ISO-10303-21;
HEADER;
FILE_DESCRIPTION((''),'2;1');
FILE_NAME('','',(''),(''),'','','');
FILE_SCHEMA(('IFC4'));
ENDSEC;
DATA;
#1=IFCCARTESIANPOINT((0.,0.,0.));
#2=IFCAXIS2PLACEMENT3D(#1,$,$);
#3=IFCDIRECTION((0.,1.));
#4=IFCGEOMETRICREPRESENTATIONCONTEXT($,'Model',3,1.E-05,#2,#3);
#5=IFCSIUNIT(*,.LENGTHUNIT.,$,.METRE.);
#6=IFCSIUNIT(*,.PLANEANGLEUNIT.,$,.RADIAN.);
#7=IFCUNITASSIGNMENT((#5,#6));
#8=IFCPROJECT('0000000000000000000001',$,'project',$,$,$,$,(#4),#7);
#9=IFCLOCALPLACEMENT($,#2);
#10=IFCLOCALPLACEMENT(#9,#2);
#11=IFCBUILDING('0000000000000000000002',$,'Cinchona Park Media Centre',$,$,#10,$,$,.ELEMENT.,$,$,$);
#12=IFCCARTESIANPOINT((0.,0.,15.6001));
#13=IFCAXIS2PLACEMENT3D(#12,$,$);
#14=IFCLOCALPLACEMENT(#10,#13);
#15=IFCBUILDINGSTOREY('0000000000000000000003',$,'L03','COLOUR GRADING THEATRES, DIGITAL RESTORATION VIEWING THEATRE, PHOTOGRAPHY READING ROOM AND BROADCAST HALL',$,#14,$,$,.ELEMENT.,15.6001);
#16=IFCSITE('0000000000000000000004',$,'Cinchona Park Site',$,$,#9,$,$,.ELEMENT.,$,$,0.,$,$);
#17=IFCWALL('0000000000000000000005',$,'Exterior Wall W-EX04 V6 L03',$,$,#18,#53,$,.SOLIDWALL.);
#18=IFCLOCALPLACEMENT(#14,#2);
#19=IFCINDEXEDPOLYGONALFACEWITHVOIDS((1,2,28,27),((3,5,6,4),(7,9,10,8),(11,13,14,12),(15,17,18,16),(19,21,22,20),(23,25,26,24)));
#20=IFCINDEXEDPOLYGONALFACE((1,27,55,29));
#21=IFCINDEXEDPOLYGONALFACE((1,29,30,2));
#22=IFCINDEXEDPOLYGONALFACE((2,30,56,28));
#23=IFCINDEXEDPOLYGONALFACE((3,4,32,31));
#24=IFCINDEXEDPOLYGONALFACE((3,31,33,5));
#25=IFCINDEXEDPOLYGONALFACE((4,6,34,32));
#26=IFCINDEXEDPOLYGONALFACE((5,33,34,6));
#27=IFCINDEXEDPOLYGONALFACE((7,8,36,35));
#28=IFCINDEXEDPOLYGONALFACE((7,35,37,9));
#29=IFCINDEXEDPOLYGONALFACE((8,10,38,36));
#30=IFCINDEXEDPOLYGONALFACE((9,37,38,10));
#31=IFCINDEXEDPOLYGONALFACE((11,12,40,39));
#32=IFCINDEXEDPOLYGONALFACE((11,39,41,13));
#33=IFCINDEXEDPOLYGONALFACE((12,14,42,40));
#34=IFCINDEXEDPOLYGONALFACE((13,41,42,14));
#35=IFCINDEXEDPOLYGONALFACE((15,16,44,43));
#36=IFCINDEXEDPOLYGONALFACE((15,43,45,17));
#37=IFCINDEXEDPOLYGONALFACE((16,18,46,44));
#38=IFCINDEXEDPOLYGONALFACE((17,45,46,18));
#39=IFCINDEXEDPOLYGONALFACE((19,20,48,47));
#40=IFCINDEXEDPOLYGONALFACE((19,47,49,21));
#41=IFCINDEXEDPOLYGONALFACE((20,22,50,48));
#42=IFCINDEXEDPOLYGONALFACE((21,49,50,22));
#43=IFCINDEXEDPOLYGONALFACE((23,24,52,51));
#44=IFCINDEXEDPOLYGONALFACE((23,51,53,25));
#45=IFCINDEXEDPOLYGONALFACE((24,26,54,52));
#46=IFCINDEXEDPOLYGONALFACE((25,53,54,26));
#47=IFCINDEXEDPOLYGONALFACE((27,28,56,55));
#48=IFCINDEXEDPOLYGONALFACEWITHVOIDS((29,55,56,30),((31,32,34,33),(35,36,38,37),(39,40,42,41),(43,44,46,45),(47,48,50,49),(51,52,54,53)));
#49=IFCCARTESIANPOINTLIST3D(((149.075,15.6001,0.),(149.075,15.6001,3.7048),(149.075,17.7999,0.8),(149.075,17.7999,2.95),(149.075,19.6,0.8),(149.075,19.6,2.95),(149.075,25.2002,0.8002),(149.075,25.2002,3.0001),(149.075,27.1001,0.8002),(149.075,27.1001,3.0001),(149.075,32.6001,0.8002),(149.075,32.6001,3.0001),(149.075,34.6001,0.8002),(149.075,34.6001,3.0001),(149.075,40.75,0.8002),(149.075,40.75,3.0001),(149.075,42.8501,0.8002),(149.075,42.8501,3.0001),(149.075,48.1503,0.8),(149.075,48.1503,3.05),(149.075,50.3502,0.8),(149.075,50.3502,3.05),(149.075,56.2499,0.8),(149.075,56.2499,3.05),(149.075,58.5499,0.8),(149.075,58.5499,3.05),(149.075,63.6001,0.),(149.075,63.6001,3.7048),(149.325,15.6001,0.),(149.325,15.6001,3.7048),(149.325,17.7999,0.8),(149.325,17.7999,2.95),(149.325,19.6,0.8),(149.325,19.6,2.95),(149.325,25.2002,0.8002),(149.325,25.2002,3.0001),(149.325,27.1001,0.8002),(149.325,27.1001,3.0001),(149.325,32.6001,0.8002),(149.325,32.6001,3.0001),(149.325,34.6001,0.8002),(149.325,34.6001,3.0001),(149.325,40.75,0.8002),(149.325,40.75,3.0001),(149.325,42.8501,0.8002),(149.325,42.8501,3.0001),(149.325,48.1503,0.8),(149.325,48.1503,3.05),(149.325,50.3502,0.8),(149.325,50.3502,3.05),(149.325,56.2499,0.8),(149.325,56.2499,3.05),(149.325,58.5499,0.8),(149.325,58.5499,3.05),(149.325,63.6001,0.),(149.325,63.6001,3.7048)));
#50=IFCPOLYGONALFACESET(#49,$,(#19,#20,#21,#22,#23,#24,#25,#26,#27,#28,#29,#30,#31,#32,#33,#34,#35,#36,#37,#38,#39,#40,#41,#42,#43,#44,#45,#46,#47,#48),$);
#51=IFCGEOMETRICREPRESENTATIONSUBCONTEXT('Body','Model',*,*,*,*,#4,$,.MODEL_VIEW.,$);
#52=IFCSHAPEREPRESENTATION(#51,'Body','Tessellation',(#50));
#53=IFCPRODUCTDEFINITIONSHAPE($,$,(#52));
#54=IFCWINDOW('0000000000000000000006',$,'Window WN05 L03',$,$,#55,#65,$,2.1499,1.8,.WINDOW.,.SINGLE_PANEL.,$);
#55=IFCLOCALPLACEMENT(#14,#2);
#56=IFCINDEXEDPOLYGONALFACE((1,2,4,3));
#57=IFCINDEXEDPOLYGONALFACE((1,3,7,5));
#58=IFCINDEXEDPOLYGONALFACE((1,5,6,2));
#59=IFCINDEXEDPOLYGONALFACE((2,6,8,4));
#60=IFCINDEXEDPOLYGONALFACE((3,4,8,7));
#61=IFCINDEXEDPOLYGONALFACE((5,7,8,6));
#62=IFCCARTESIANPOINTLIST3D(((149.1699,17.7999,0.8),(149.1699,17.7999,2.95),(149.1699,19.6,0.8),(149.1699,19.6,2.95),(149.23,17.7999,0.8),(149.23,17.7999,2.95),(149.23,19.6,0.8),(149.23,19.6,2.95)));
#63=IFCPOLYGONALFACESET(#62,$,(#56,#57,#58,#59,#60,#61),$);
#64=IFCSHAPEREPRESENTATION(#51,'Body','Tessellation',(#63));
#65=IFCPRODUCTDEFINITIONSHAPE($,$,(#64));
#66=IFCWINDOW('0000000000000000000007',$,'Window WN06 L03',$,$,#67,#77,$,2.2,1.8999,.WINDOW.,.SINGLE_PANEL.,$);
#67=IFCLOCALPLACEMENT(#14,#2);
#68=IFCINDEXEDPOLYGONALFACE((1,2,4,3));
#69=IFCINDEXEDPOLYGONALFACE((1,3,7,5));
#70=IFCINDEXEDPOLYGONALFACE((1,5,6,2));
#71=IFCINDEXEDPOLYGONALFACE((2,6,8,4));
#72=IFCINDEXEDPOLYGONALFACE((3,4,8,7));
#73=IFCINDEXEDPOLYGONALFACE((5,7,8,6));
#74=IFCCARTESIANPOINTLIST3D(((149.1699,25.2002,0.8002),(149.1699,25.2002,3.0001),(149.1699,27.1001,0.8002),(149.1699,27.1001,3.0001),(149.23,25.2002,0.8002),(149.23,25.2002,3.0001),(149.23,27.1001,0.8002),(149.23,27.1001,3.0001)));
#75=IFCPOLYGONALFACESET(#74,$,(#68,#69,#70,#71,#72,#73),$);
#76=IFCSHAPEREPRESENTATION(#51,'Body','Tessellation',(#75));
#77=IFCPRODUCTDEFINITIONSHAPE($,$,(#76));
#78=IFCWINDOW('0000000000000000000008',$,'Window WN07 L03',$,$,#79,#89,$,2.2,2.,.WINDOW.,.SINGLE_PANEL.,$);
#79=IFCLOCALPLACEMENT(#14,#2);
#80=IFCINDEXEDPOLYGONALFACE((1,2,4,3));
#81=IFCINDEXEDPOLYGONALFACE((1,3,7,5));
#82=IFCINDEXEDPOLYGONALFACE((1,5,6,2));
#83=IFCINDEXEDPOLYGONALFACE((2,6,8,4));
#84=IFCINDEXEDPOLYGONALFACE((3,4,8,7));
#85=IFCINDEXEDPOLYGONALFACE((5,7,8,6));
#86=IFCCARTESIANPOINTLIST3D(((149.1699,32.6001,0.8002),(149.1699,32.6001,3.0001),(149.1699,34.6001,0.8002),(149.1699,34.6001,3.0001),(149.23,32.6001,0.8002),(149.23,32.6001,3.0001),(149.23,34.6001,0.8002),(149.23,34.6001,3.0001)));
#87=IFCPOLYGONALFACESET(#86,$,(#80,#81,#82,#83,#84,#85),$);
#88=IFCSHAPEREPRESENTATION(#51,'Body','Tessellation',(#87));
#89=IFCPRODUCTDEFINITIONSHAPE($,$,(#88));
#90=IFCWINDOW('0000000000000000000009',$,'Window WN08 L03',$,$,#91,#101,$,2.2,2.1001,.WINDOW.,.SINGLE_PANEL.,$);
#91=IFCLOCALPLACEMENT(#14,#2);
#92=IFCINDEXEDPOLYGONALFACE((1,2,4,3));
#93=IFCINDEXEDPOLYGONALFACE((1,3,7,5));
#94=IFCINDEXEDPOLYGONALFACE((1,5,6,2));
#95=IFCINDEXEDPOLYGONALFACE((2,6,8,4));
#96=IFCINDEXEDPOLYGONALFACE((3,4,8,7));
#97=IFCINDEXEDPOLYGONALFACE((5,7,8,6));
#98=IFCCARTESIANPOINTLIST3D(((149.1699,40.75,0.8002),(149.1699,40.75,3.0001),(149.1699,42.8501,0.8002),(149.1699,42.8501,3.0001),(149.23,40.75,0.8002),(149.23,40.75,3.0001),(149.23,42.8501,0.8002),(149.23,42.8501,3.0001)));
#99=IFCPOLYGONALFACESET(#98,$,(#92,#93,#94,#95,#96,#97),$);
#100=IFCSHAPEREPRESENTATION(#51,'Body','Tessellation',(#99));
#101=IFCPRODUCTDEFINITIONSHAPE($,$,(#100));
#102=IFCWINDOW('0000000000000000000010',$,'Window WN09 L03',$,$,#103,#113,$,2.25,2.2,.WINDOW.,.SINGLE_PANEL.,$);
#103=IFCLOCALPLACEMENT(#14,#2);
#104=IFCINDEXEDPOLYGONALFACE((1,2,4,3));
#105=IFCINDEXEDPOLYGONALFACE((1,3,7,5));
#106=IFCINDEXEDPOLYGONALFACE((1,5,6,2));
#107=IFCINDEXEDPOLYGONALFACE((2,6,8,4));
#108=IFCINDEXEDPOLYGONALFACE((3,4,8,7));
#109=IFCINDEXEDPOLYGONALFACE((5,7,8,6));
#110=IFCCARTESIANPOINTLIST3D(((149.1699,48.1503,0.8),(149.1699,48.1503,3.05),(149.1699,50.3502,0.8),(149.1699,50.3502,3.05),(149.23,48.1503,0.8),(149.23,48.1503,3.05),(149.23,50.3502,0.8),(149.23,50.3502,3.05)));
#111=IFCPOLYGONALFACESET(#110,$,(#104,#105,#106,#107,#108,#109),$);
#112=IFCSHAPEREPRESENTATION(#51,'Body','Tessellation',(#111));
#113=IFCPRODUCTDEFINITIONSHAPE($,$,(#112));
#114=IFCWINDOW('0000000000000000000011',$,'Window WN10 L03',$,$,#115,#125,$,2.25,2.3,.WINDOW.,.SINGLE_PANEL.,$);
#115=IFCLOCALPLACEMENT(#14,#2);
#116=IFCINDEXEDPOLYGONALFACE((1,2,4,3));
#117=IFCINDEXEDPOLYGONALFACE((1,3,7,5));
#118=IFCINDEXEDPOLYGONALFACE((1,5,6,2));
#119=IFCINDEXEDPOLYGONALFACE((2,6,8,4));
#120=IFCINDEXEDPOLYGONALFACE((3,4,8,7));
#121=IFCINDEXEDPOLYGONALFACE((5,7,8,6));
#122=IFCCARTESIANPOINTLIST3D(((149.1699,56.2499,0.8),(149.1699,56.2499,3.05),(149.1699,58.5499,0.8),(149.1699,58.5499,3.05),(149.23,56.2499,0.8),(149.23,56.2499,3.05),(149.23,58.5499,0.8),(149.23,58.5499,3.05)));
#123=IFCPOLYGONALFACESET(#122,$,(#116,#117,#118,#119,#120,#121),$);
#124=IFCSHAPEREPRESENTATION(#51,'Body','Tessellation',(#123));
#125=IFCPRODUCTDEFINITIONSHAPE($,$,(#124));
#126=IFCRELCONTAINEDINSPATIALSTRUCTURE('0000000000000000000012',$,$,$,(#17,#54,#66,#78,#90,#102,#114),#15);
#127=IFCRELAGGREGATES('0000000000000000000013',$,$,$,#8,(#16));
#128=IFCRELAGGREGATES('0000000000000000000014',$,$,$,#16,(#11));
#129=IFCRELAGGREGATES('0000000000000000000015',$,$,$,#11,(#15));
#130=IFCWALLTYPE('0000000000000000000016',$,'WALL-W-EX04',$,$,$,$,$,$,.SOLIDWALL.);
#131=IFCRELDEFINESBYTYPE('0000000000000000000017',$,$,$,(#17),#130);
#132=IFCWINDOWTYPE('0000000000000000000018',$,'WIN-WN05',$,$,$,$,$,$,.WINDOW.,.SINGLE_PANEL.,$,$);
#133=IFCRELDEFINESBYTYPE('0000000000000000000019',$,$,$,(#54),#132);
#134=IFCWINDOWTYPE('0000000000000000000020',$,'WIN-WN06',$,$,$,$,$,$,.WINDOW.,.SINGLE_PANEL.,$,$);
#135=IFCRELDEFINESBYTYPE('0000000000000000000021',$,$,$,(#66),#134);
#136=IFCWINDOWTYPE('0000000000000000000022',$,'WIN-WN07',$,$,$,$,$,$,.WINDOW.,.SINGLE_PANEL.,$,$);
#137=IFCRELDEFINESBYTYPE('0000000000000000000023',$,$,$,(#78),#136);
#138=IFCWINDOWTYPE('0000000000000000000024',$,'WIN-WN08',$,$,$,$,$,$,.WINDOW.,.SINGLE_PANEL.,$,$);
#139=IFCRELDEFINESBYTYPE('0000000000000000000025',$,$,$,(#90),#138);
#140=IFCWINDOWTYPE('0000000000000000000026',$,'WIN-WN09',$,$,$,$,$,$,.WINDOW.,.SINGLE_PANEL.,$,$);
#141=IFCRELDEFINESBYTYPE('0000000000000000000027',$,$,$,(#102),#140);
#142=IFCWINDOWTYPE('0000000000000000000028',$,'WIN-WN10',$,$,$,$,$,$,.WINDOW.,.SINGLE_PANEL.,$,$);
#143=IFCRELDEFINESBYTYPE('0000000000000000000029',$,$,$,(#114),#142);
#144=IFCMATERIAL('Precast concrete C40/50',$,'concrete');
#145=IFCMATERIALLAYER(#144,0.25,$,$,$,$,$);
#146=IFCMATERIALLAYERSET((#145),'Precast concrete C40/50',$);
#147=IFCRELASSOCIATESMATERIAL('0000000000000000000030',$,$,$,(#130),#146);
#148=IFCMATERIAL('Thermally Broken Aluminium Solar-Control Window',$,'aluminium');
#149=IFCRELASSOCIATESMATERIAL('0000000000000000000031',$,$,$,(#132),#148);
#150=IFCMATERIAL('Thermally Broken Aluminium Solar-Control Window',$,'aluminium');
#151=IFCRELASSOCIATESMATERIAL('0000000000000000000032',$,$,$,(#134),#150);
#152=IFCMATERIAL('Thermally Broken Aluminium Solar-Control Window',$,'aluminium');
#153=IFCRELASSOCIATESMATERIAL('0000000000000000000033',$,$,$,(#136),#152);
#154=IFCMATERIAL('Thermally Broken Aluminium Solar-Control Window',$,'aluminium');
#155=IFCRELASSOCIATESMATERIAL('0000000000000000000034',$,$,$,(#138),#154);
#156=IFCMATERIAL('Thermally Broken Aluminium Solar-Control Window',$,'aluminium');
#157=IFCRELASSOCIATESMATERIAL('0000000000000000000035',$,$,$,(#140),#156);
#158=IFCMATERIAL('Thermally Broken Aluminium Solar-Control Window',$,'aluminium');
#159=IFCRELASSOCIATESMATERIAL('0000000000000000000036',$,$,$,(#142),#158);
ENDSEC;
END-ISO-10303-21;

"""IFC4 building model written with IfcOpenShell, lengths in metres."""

from ifc_helpers import new_model, si_unit, direction, frame, frame_2d, origin, place, context, subcontext, project, spatial, rectangle, extrude, material, layer, layer_set, type_object, element, fill, save


model = new_model("IFC4")

# Units and contexts
model_context = context("Model", 3, precision=1e-05, world=origin(), true_north=direction((0.0, 1.0)))
body_context = subcontext(model_context, "Body", "Model", "MODEL_VIEW")
ifc_project = project(units=[si_unit("LENGTHUNIT", "METRE"), si_unit("PLANEANGLEUNIT", "RADIAN")], contexts=[model_context])

# Site, building, storey
site_placement = place(None, origin())
site = spatial("IfcSite", under=ifc_project, at=site_placement, Name="Cinchona Park Site", CompositionType="ELEMENT", RefElevation=0.0)
building_placement = place(site_placement, origin())
building = spatial("IfcBuilding", under=site, at=building_placement, Name="Cinchona Park Media Centre", CompositionType="ELEMENT")
storey_placement = place(building_placement, frame((0.0, 0.0, 15.6001)))
storey = spatial("IfcBuildingStorey", under=building, at=storey_placement, Name="L03", Description="COLOUR GRADING THEATRES, DIGITAL RESTORATION VIEWING THEATRE, PHOTOGRAPHY READING ROOM AND BROADCAST HALL", CompositionType="ELEMENT", Elevation=15.6001)

# Wall, openings, windows
ifc_material_1 = material(Name="Precast concrete C40/50", Category="concrete")
ifc_layer_1 = layer(ifc_material_1, 0.25)
ifc_layer_set_1 = layer_set([ifc_layer_1], Name="Precast concrete C40/50")
wall_type = type_object("IfcWallType", Name="WALL-W-EX04", PredefinedType="SOLIDWALL", material=ifc_layer_set_1)
wall_placement = place(storey_placement, frame((149.2, 15.6001, 0.0), z_axis=(0.0, 0.0, 1.0), x_axis=(0.0, 1.0, 0.0)))
wall = element("IfcWall", 1, at=wall_placement, inside=storey, type_object=wall_type, Name="Exterior Wall W-EX04 V6 L03", PredefinedType="SOLIDWALL", context=body_context, shape_type="SweptSolid", body=[
    extrude(rectangle(XDim=48.0, YDim=0.25, at=frame_2d((24.0, 0.0))), origin(), (0.0, 0.0, 1.0), 3.7048),
])
opening_1_placement = place(wall_placement, frame((2.2, 0.0, 0.8)))
opening_1 = element("IfcOpeningElement", 2, at=opening_1_placement, cuts=wall, PredefinedType="OPENING", context=body_context, shape_type="SweptSolid", body=[
    extrude(rectangle(XDim=1.8, YDim=2.1499, at=frame_2d((0.8999, 1.075))), frame((0.0, 0.135, 0.0), z_axis=(0.0, -1.0, 0.0), x_axis=(1.0, 0.0, 0.0)), (0.0, 0.0, 1.0), 0.27),
])
opening_2_placement = place(wall_placement, frame((9.6001, 0.0, 0.8)))
opening_2 = element("IfcOpeningElement", 3, at=opening_2_placement, cuts=wall, PredefinedType="OPENING", context=body_context, shape_type="SweptSolid", body=[
    extrude(rectangle(XDim=1.8999, YDim=2.2, at=frame_2d((0.95, 1.1001))), frame((0.0, 0.135, 0.0), z_axis=(0.0, -1.0, 0.0), x_axis=(1.0, 0.0, 0.0)), (0.0, 0.0, 1.0), 0.27),
])
opening_3_placement = place(wall_placement, frame((17.0, 0.0, 0.8)))
opening_3 = element("IfcOpeningElement", 4, at=opening_3_placement, cuts=wall, PredefinedType="OPENING", context=body_context, shape_type="SweptSolid", body=[
    extrude(rectangle(XDim=2.0, YDim=2.2, at=frame_2d((1.0, 1.1001))), frame((0.0, 0.135, 0.0), z_axis=(0.0, -1.0, 0.0), x_axis=(1.0, 0.0, 0.0)), (0.0, 0.0, 1.0), 0.27),
])
opening_4_placement = place(wall_placement, frame((25.1499, 0.0, 0.8)))
opening_4 = element("IfcOpeningElement", 5, at=opening_4_placement, cuts=wall, PredefinedType="OPENING", context=body_context, shape_type="SweptSolid", body=[
    extrude(rectangle(XDim=2.1001, YDim=2.2, at=frame_2d((1.05, 1.1001))), frame((0.0, 0.135, 0.0), z_axis=(0.0, -1.0, 0.0), x_axis=(1.0, 0.0, 0.0)), (0.0, 0.0, 1.0), 0.27),
])
opening_5_placement = place(wall_placement, frame((32.55, 0.0, 0.8)))
opening_5 = element("IfcOpeningElement", 6, at=opening_5_placement, cuts=wall, PredefinedType="OPENING", context=body_context, shape_type="SweptSolid", body=[
    extrude(rectangle(XDim=2.2, YDim=2.25, at=frame_2d((1.1001, 1.125))), frame((0.0, 0.135, 0.0), z_axis=(0.0, -1.0, 0.0), x_axis=(1.0, 0.0, 0.0)), (0.0, 0.0, 1.0), 0.27),
])
opening_6_placement = place(wall_placement, frame((40.6499, 0.0, 0.8)))
opening_6 = element("IfcOpeningElement", 7, at=opening_6_placement, cuts=wall, PredefinedType="OPENING", context=body_context, shape_type="SweptSolid", body=[
    extrude(rectangle(XDim=2.3, YDim=2.25, at=frame_2d((1.1499, 1.125))), frame((0.0, 0.135, 0.0), z_axis=(0.0, -1.0, 0.0), x_axis=(1.0, 0.0, 0.0)), (0.0, 0.0, 1.0), 0.27),
])
ifc_material_2 = material(Name="Thermally Broken Aluminium Solar-Control Window", Category="aluminium")
window_type_1 = type_object("IfcWindowType", Name="WIN-WN05", PartitioningType="SINGLE_PANEL", PredefinedType="WINDOW", material=ifc_material_2)
window_1_placement = place(opening_1_placement, origin())
window_1 = element("IfcWindow", 8, at=window_1_placement, inside=storey, type_object=window_type_1, Name="Window WN05 L03", OverallHeight=2.1499, OverallWidth=1.8, PartitioningType="SINGLE_PANEL", PredefinedType="WINDOW", context=body_context, shape_type="SweptSolid", body=[
    extrude(rectangle(XDim=1.8, YDim=2.1499, at=frame_2d((0.8999, 1.075))), frame((0.0, 0.03, 0.0), z_axis=(0.0, -1.0, 0.0), x_axis=(1.0, 0.0, 0.0)), (0.0, 0.0, 1.0), 0.0601),
])
fill(opening_1, window_1)
ifc_material_3 = material(Name="Thermally Broken Aluminium Solar-Control Window", Category="aluminium")
window_type_2 = type_object("IfcWindowType", Name="WIN-WN06", PartitioningType="SINGLE_PANEL", PredefinedType="WINDOW", material=ifc_material_3)
window_2_placement = place(opening_2_placement, origin())
window_2 = element("IfcWindow", 9, at=window_2_placement, inside=storey, type_object=window_type_2, Name="Window WN06 L03", OverallHeight=2.2, OverallWidth=1.8999, PartitioningType="SINGLE_PANEL", PredefinedType="WINDOW", context=body_context, shape_type="SweptSolid", body=[
    extrude(rectangle(XDim=1.8999, YDim=2.2, at=frame_2d((0.95, 1.1001))), frame((0.0, 0.03, 0.0), z_axis=(0.0, -1.0, 0.0), x_axis=(1.0, 0.0, 0.0)), (0.0, 0.0, 1.0), 0.0601),
])
fill(opening_2, window_2)
ifc_material_4 = material(Name="Thermally Broken Aluminium Solar-Control Window", Category="aluminium")
window_type_3 = type_object("IfcWindowType", Name="WIN-WN07", PartitioningType="SINGLE_PANEL", PredefinedType="WINDOW", material=ifc_material_4)
window_3_placement = place(opening_3_placement, origin())
window_3 = element("IfcWindow", 10, at=window_3_placement, inside=storey, type_object=window_type_3, Name="Window WN07 L03", OverallHeight=2.2, OverallWidth=2.0, PartitioningType="SINGLE_PANEL", PredefinedType="WINDOW", context=body_context, shape_type="SweptSolid", body=[
    extrude(rectangle(XDim=2.0, YDim=2.2, at=frame_2d((1.0, 1.1001))), frame((0.0, 0.03, 0.0), z_axis=(0.0, -1.0, 0.0), x_axis=(1.0, 0.0, 0.0)), (0.0, 0.0, 1.0), 0.0601),
])
fill(opening_3, window_3)
ifc_material_5 = material(Name="Thermally Broken Aluminium Solar-Control Window", Category="aluminium")
window_type_4 = type_object("IfcWindowType", Name="WIN-WN08", PartitioningType="SINGLE_PANEL", PredefinedType="WINDOW", material=ifc_material_5)
window_4_placement = place(opening_4_placement, origin())
window_4 = element("IfcWindow", 11, at=window_4_placement, inside=storey, type_object=window_type_4, Name="Window WN08 L03", OverallHeight=2.2, OverallWidth=2.1001, PartitioningType="SINGLE_PANEL", PredefinedType="WINDOW", context=body_context, shape_type="SweptSolid", body=[
    extrude(rectangle(XDim=2.1001, YDim=2.2, at=frame_2d((1.05, 1.1001))), frame((0.0, 0.03, 0.0), z_axis=(0.0, -1.0, 0.0), x_axis=(1.0, 0.0, 0.0)), (0.0, 0.0, 1.0), 0.0601),
])
fill(opening_4, window_4)
ifc_material_6 = material(Name="Thermally Broken Aluminium Solar-Control Window", Category="aluminium")
window_type_5 = type_object("IfcWindowType", Name="WIN-WN09", PartitioningType="SINGLE_PANEL", PredefinedType="WINDOW", material=ifc_material_6)
window_5_placement = place(opening_5_placement, origin())
window_5 = element("IfcWindow", 12, at=window_5_placement, inside=storey, type_object=window_type_5, Name="Window WN09 L03", OverallHeight=2.25, OverallWidth=2.2, PartitioningType="SINGLE_PANEL", PredefinedType="WINDOW", context=body_context, shape_type="SweptSolid", body=[
    extrude(rectangle(XDim=2.2, YDim=2.25, at=frame_2d((1.1001, 1.125))), frame((0.0, 0.03, 0.0), z_axis=(0.0, -1.0, 0.0), x_axis=(1.0, 0.0, 0.0)), (0.0, 0.0, 1.0), 0.0601),
])
fill(opening_5, window_5)
ifc_material_7 = material(Name="Thermally Broken Aluminium Solar-Control Window", Category="aluminium")
window_type_6 = type_object("IfcWindowType", Name="WIN-WN10", PartitioningType="SINGLE_PANEL", PredefinedType="WINDOW", material=ifc_material_7)
window_6_placement = place(opening_6_placement, origin())
window_6 = element("IfcWindow", 13, at=window_6_placement, inside=storey, type_object=window_type_6, Name="Window WN10 L03", OverallHeight=2.25, OverallWidth=2.3, PartitioningType="SINGLE_PANEL", PredefinedType="WINDOW", context=body_context, shape_type="SweptSolid", body=[
    extrude(rectangle(XDim=2.3, YDim=2.25, at=frame_2d((1.1499, 1.125))), frame((0.0, 0.03, 0.0), z_axis=(0.0, -1.0, 0.0), x_axis=(1.0, 0.0, 0.0)), (0.0, 0.0, 1.0), 0.0601),
])
fill(opening_6, window_6)

save(model, "model.ifc")
